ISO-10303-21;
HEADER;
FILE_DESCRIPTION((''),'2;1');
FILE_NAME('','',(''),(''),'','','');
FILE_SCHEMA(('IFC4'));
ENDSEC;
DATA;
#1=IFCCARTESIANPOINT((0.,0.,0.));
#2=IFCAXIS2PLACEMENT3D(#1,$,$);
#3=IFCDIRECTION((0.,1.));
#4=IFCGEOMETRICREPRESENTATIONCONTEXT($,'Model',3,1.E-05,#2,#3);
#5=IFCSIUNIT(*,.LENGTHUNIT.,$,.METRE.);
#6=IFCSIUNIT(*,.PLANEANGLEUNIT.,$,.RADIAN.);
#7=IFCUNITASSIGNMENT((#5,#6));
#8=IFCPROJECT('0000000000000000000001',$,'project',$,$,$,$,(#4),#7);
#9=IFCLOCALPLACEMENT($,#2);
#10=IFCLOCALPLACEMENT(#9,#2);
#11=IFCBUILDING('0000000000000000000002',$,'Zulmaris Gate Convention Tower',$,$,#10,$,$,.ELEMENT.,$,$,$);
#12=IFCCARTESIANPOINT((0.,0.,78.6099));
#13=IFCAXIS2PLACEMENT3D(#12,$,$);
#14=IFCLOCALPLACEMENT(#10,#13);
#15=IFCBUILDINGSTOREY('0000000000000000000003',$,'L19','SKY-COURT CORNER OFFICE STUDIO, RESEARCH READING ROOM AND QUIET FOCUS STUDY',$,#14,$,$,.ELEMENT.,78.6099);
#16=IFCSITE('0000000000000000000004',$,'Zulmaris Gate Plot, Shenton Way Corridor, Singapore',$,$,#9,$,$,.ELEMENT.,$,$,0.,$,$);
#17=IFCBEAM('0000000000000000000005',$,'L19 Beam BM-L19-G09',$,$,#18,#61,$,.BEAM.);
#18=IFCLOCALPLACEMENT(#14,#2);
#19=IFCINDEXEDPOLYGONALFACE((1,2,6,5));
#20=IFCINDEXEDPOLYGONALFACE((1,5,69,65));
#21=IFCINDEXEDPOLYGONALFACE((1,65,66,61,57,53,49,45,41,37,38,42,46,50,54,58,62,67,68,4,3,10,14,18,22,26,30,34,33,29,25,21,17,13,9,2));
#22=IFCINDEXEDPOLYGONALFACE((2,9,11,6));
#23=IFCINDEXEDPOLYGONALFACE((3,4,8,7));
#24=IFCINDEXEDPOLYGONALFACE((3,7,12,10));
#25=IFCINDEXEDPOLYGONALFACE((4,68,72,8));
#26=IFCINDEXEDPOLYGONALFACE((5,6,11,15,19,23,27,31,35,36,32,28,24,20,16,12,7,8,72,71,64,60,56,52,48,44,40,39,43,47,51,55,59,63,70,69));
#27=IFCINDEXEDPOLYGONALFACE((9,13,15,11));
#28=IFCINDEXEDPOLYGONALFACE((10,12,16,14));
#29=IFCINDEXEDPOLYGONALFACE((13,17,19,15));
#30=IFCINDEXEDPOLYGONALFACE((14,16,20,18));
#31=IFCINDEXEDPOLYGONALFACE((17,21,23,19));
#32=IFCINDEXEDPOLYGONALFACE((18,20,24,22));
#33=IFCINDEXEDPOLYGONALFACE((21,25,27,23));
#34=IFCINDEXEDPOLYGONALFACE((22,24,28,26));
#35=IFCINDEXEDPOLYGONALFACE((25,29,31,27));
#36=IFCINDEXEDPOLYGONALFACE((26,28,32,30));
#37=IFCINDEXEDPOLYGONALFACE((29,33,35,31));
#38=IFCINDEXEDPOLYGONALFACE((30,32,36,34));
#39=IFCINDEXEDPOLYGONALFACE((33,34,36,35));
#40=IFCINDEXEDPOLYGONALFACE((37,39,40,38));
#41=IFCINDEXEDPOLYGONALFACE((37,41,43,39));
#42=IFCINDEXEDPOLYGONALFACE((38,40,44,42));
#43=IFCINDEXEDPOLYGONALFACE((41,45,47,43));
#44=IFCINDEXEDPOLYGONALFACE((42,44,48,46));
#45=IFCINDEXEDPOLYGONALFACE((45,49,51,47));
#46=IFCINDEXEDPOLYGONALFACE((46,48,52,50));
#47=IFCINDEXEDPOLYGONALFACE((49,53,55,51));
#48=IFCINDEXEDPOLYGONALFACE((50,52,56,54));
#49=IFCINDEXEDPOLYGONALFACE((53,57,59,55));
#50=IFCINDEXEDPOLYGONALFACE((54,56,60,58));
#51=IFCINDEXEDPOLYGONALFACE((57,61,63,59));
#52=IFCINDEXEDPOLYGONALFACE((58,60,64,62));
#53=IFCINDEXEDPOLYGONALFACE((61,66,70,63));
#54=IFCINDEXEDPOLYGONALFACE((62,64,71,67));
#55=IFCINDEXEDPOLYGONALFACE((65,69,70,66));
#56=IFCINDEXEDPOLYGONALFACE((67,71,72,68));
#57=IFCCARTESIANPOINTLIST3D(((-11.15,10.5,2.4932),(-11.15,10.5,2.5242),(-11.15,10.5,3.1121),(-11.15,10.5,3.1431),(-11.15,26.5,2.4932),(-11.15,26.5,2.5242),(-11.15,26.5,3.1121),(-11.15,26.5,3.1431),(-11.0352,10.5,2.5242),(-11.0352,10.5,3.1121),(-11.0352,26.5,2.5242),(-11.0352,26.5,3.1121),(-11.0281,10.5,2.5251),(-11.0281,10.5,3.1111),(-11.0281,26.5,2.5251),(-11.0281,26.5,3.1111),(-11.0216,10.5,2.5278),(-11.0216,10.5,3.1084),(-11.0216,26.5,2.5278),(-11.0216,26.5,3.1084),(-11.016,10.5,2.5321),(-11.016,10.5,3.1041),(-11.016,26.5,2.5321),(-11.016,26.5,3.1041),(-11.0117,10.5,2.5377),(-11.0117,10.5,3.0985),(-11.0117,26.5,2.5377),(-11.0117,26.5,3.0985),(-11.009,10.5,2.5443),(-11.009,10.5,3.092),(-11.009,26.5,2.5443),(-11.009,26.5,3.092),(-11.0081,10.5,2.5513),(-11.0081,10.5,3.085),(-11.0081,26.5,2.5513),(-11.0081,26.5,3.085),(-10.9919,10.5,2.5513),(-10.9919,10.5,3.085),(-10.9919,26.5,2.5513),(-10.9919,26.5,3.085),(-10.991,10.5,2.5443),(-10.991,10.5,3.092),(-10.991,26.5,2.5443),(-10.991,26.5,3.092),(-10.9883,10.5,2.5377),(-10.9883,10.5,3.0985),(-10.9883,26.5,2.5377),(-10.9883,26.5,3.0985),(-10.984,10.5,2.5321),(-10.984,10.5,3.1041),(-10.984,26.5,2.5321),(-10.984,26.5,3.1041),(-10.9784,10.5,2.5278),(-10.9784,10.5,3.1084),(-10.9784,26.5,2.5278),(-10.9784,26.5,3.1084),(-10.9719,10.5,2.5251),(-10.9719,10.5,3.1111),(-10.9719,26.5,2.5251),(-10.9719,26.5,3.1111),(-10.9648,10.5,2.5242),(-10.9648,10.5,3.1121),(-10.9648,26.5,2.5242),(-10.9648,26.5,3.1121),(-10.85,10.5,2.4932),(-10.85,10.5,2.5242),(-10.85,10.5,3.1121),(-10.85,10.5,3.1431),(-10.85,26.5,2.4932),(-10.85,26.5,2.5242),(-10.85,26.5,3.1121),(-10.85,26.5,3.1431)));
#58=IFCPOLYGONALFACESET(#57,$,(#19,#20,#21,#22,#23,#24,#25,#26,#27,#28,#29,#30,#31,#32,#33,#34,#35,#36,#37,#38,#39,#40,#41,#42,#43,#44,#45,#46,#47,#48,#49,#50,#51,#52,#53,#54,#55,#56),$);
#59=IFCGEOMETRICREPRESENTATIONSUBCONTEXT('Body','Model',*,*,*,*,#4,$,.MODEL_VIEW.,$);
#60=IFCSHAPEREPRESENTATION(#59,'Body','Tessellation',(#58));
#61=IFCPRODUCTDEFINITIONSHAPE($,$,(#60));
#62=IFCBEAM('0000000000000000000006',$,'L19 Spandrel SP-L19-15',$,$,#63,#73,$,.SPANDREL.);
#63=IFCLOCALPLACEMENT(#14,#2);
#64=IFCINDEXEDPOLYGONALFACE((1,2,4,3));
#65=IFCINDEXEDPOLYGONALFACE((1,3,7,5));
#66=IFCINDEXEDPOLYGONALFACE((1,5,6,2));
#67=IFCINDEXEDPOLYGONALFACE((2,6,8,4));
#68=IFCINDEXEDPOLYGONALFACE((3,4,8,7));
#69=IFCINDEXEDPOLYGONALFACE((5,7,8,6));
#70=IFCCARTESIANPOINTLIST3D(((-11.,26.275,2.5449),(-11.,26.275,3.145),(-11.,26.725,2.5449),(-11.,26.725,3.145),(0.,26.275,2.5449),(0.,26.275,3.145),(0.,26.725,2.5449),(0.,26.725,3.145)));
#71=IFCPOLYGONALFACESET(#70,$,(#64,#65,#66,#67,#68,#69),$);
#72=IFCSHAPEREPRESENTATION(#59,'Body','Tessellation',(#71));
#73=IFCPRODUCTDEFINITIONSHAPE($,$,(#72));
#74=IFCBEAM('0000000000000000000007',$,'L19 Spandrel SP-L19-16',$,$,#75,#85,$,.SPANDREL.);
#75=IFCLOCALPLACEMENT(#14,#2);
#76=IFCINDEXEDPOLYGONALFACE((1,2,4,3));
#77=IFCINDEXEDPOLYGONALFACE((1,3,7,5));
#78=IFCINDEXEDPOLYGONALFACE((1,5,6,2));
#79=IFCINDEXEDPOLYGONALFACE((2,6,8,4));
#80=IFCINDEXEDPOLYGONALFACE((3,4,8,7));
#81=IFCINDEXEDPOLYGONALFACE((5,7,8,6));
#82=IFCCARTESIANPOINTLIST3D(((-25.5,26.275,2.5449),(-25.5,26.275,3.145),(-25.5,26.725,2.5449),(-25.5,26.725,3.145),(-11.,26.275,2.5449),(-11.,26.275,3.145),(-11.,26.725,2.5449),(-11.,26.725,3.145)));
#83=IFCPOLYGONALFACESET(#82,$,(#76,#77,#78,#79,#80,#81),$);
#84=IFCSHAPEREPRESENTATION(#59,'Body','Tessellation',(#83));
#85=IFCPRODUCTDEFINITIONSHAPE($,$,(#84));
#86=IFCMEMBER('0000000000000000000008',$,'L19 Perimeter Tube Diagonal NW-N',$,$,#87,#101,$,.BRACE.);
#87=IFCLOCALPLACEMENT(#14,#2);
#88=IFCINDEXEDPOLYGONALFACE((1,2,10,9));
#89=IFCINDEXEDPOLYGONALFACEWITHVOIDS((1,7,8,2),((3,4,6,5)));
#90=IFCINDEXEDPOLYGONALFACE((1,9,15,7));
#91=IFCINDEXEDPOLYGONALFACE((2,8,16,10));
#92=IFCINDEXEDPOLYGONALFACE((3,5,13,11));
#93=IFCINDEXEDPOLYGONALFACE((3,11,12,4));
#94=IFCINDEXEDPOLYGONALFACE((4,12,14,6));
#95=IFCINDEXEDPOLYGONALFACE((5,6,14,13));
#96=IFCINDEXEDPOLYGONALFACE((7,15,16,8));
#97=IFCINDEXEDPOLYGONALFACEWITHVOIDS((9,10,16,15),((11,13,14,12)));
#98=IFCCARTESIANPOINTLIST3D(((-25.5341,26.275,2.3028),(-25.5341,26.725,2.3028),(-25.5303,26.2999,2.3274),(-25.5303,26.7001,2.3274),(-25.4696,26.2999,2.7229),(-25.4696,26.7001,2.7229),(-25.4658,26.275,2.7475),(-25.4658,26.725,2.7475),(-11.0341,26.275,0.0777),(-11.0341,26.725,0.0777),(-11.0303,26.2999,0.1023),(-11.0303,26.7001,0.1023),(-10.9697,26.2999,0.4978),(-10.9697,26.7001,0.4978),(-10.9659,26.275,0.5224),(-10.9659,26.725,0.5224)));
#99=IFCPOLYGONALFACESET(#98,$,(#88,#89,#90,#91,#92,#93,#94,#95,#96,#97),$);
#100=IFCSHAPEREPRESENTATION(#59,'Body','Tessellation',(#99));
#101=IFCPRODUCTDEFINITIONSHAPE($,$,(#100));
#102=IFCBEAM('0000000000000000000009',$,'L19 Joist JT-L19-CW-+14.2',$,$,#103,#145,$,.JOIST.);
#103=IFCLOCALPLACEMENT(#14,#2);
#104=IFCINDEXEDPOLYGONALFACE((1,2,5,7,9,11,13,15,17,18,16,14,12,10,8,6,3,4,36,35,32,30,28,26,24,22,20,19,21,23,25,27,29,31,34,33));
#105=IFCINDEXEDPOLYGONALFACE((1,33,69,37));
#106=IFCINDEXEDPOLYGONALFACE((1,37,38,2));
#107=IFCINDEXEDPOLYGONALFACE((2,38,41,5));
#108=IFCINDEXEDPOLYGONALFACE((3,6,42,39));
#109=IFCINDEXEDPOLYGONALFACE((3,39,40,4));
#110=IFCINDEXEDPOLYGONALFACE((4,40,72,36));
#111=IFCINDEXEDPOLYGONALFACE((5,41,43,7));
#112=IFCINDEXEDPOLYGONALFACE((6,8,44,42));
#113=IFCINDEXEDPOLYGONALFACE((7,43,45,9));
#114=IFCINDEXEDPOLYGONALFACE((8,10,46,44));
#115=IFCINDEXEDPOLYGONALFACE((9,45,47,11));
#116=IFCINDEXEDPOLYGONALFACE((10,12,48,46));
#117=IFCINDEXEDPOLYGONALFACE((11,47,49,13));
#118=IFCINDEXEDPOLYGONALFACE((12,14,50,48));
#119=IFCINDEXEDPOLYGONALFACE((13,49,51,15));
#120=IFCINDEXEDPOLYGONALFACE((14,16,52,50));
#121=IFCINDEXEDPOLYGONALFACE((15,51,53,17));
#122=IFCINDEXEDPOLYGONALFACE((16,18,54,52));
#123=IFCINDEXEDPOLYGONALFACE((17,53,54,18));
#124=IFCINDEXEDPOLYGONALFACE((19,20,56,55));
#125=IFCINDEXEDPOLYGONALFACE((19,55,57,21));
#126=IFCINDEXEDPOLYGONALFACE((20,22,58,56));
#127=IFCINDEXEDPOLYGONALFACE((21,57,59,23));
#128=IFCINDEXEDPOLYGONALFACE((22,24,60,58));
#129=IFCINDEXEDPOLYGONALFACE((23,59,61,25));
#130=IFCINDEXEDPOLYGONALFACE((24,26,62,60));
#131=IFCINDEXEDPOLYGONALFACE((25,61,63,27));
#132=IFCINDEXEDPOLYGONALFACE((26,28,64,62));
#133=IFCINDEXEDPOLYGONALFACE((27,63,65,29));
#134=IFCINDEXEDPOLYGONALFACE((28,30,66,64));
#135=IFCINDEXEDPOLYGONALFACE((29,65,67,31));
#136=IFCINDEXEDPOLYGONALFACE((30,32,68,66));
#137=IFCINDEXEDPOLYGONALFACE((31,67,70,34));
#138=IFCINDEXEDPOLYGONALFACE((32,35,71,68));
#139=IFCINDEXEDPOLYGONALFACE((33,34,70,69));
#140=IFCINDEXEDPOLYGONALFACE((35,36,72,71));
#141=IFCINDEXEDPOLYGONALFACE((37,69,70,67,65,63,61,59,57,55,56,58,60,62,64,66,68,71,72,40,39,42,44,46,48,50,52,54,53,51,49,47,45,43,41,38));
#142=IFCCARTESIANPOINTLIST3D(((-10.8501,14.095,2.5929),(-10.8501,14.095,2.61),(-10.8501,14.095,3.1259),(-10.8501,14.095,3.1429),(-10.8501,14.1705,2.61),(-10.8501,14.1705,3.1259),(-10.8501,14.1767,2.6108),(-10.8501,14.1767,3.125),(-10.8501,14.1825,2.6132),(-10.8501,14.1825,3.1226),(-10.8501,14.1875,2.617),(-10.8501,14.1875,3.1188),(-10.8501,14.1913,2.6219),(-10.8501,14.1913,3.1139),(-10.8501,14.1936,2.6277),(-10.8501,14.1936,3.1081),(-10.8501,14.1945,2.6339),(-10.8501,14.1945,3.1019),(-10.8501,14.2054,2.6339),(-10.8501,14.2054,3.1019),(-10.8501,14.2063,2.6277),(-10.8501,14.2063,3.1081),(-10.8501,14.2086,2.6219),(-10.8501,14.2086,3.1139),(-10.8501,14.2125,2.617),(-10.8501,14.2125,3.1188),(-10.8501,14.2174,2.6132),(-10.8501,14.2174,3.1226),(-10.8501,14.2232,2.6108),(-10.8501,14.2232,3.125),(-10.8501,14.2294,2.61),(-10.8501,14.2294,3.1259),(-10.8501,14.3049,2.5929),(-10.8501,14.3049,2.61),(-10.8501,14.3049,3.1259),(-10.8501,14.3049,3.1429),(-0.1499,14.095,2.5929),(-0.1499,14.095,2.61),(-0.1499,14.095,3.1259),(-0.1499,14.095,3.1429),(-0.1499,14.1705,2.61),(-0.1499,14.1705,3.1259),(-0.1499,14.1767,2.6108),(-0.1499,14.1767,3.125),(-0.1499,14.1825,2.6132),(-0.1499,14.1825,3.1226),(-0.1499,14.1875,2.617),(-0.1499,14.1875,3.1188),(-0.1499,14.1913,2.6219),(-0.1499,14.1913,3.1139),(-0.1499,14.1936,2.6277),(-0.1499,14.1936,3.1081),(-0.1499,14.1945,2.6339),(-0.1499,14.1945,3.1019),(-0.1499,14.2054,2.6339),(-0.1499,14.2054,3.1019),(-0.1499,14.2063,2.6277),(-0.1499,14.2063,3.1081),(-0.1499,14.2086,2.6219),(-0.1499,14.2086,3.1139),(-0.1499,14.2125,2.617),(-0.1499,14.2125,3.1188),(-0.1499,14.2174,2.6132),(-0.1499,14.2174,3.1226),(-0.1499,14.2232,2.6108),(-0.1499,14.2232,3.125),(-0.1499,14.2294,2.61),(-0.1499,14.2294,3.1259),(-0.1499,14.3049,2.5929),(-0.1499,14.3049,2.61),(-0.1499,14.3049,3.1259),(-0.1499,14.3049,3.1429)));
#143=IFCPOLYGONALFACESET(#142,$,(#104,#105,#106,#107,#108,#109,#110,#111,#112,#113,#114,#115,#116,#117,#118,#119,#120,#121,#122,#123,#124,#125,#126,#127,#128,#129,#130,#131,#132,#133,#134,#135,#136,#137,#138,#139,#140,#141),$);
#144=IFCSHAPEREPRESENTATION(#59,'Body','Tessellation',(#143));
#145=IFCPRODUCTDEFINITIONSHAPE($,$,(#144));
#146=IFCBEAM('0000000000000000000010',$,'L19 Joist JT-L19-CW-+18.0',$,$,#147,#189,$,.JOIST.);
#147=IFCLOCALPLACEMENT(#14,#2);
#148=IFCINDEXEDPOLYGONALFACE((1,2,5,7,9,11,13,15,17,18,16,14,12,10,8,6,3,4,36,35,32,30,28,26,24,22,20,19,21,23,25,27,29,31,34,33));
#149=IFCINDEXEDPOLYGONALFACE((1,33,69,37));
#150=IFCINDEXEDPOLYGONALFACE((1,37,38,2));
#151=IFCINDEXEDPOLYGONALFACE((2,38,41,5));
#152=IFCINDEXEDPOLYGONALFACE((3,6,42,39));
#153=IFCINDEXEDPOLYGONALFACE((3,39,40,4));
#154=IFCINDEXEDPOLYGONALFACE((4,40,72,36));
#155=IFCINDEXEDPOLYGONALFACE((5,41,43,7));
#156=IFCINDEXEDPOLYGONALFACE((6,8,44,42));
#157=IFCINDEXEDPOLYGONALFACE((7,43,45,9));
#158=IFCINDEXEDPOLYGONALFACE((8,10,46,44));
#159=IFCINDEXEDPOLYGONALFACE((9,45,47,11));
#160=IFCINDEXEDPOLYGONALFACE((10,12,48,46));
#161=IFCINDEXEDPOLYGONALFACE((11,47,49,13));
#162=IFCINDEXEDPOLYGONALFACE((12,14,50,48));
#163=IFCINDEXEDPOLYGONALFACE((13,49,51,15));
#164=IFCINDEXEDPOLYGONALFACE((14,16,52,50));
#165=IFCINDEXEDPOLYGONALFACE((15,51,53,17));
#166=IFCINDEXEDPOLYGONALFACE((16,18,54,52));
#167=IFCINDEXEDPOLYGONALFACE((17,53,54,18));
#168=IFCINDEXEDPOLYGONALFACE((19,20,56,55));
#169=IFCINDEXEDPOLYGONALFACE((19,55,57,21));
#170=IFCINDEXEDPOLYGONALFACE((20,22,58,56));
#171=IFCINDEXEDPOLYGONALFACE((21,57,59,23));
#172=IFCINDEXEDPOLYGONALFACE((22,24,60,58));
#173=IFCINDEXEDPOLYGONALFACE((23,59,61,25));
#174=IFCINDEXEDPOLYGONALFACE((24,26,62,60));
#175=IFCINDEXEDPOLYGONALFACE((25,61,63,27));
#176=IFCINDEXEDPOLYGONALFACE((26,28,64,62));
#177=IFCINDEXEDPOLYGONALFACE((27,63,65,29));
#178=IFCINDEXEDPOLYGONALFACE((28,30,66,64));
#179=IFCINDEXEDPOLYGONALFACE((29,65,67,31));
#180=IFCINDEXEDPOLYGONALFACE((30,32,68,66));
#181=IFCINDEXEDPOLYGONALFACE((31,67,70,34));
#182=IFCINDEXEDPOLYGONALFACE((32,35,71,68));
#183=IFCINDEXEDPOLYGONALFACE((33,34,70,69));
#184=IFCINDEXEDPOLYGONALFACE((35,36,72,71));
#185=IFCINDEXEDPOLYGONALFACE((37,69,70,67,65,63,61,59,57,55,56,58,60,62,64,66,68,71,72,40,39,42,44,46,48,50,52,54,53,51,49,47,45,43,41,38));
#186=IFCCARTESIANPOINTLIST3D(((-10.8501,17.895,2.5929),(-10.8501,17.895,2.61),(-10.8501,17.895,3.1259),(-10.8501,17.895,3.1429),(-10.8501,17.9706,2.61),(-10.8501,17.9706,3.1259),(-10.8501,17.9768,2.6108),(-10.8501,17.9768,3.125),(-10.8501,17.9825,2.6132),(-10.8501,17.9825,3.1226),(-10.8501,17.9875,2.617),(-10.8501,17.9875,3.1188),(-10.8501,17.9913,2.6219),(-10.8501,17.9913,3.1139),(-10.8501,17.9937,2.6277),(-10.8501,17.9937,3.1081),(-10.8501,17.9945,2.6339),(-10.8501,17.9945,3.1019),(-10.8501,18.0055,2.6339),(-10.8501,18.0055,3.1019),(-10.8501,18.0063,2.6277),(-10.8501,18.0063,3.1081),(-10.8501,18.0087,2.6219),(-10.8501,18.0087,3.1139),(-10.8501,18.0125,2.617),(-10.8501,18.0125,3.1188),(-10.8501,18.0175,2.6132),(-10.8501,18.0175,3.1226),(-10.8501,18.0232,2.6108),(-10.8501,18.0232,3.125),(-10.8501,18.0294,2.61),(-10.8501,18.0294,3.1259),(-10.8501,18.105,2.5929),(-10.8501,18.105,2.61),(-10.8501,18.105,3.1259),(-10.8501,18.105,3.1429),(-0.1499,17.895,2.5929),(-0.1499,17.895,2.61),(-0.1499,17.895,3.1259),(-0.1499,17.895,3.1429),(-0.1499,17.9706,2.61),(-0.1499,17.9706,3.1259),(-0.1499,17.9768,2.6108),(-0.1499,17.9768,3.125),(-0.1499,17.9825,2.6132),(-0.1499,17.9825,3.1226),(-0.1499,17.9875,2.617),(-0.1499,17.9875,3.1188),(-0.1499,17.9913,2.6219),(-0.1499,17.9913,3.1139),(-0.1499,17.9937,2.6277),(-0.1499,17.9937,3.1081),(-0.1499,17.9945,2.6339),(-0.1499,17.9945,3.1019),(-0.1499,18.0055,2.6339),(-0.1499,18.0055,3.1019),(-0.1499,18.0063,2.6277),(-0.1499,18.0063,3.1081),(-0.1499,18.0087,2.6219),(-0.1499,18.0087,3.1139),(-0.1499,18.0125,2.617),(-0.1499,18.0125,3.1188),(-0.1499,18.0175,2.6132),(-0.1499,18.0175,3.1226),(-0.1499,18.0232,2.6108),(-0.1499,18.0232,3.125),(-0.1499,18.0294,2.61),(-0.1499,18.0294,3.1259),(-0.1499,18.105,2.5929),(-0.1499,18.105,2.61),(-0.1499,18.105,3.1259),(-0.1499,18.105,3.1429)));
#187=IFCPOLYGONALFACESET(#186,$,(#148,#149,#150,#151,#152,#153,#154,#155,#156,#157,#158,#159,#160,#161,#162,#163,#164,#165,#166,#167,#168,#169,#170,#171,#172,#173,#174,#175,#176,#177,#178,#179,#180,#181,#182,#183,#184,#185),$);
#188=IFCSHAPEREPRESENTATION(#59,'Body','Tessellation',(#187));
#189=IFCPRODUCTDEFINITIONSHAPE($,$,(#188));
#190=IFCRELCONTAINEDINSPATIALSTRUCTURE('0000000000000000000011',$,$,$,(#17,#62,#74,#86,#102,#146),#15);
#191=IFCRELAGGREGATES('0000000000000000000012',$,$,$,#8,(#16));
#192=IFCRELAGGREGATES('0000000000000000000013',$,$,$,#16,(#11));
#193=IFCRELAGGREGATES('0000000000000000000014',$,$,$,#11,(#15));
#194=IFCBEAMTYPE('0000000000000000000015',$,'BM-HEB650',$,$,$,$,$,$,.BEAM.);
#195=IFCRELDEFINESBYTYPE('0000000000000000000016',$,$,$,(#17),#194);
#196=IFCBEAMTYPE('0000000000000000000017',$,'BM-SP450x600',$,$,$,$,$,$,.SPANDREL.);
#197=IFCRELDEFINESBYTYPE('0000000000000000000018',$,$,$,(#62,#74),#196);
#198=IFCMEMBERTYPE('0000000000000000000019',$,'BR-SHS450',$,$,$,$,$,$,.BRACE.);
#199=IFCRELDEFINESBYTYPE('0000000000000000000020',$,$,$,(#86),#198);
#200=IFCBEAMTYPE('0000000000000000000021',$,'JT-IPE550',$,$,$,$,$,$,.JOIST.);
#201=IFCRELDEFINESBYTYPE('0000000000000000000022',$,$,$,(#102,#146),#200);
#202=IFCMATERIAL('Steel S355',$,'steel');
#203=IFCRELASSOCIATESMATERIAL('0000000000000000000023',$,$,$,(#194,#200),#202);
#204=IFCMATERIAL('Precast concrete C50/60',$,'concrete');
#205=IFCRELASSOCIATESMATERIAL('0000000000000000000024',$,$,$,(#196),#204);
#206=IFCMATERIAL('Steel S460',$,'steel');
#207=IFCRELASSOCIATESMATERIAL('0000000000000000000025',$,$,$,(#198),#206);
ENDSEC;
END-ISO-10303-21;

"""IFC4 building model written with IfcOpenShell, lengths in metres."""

from ifc_helpers import new_model, si_unit, direction, frame, origin, origin_2d, place, context, subcontext, project, spatial, rectangle, hollow_rectangle, i_section, extrude, material, material_profile, profile_set, type_object, element, save


model = new_model("IFC4")

# Units and contexts
model_context = context("Model", 3, precision=1e-05, world=origin(), true_north=direction((0.0, 1.0)))
body_context = subcontext(model_context, "Body", "Model", "MODEL_VIEW")
ifc_project = project(units=[si_unit("LENGTHUNIT", "METRE"), si_unit("PLANEANGLEUNIT", "RADIAN")], contexts=[model_context])

# Site, building, storey
site_placement = place(None, origin())
site = spatial("IfcSite", under=ifc_project, at=site_placement, Name="Zulmaris Gate Plot, Shenton Way Corridor, Singapore", CompositionType="ELEMENT", RefElevation=0.0)
building_placement = place(site_placement, origin())
building = spatial("IfcBuilding", under=site, at=building_placement, Name="Zulmaris Gate Convention Tower", CompositionType="ELEMENT")
storey_placement = place(building_placement, frame((0.0, 0.0, 78.6099)))
storey = spatial("IfcBuildingStorey", under=building, at=storey_placement, Name="L19", Description="SKY-COURT CORNER OFFICE STUDIO, RESEARCH READING ROOM AND QUIET FOCUS STUDY", CompositionType="ELEMENT", Elevation=78.6099)

# Beams
ifc_material_1 = material(Name="Steel S355", Category="steel")
ifc_material_profile_1 = material_profile(ifc_material_1, i_section(OverallWidth=0.3, OverallDepth=0.6499, WebThickness=0.0161, FlangeThickness=0.031, FilletRadius=0.0271, at=origin_2d()), Name="HEB 650")
ifc_profile_set_1 = profile_set([ifc_material_profile_1], Name="Steel S355")
beam_type_1 = type_object("IfcBeamType", Name="BM-HEB650", PredefinedType="BEAM", material=ifc_profile_set_1)
beam_1_placement = place(storey_placement, frame((-11.0, 10.5, 2.8181), z_axis=(0.0, 1.0, 0.0), x_axis=(-1.0, 0.0, 0.0)))
element("IfcBeam", 1, at=beam_1_placement, inside=storey, type_object=beam_type_1, Name="L19 Beam BM-L19-G09", PredefinedType="BEAM", context=body_context, shape_type="SweptSolid", body=[
    extrude(i_section(OverallWidth=0.3, OverallDepth=0.6499, WebThickness=0.0161, FlangeThickness=0.031, FilletRadius=0.0271, at=origin_2d()), origin(), (0.0, 0.0, 1.0), 16.0),
])
ifc_material_2 = material(Name="Precast concrete C50/60", Category="concrete")
ifc_material_profile_2 = material_profile(ifc_material_2, rectangle(XDim=0.45, YDim=0.6001, at=origin_2d()), Name="RC SPANDREL 450x600")
ifc_profile_set_2 = profile_set([ifc_material_profile_2], Name="Precast concrete C50/60")
beam_type_2 = type_object("IfcBeamType", Name="BM-SP450x600", PredefinedType="SPANDREL", material=ifc_profile_set_2)
beam_2_placement = place(storey_placement, frame((0.0, 26.5, 2.845), z_axis=(-1.0, 0.0, 0.0), x_axis=(0.0, -1.0, 0.0)))
element("IfcBeam", 2, at=beam_2_placement, inside=storey, type_object=beam_type_2, Name="L19 Spandrel SP-L19-15", PredefinedType="SPANDREL", context=body_context, shape_type="SweptSolid", body=[
    extrude(rectangle(XDim=0.45, YDim=0.6001, at=origin_2d()), origin(), (0.0, 0.0, 1.0), 11.0),
])
beam_3_placement = place(storey_placement, frame((-11.0, 26.5, 2.845), z_axis=(-1.0, 0.0, 0.0), x_axis=(0.0, -1.0, 0.0)))
element("IfcBeam", 3, at=beam_3_placement, inside=storey, type_object=beam_type_2, Name="L19 Spandrel SP-L19-16", PredefinedType="SPANDREL", context=body_context, shape_type="SweptSolid", body=[
    extrude(rectangle(XDim=0.45, YDim=0.6001, at=origin_2d()), origin(), (0.0, 0.0, 1.0), 14.5),
])

# Member
ifc_material_3 = material(Name="Steel S460", Category="steel")
ifc_material_profile_3 = material_profile(ifc_material_3, hollow_rectangle(XDim=0.45, YDim=0.45, WallThickness=0.0249, at=origin_2d()), Name="SHS 450x450x25")
ifc_profile_set_3 = profile_set([ifc_material_profile_3], Name="Steel S460")
member_type = type_object("IfcMemberType", Name="BR-SHS450", PredefinedType="BRACE", material=ifc_profile_set_3)
member_placement = place(storey_placement, frame((-11.0, 26.5, 0.3), z_axis=(-0.98843, 0.0, 0.151679), x_axis=(0.0, -1.0, 0.0)))
element("IfcMember", 4, at=member_placement, inside=storey, type_object=member_type, Name="L19 Perimeter Tube Diagonal NW-N", PredefinedType="BRACE", context=body_context, shape_type="SweptSolid", body=[
    extrude(hollow_rectangle(XDim=0.45, YDim=0.45, WallThickness=0.0249, at=origin_2d()), origin(), (0.0, 0.0, 1.0), 14.6697),
])

# Beams
ifc_material_profile_4 = material_profile(ifc_material_1, i_section(OverallWidth=0.21, OverallDepth=0.55, WebThickness=0.011, FlangeThickness=0.0171, FilletRadius=0.0239, at=origin_2d()), Name="IPE 550")
ifc_profile_set_4 = profile_set([ifc_material_profile_4], Name="Steel S355")
beam_type_3 = type_object("IfcBeamType", Name="JT-IPE550", PredefinedType="JOIST", material=ifc_profile_set_4)
for number, where, z_axis, x_axis, name in (
    (5, (-10.8501, 14.2, 2.8679), (1.0, 0.0, 0.0), (0.0, 1.0, 0.0), "L19 Joist JT-L19-CW-+14.2"),
    (6, (-10.8501, 18.0, 2.8679), (1.0, 0.0, 0.0), (0.0, 1.0, 0.0), "L19 Joist JT-L19-CW-+18.0"),
):
    element("IfcBeam", number, at=place(storey_placement, frame(where, z_axis=z_axis, x_axis=x_axis)), inside=storey, type_object=beam_type_3, Name=name, PredefinedType="JOIST", context=body_context, shape_type="SweptSolid", body=[
        extrude(i_section(OverallWidth=0.21, OverallDepth=0.55, WebThickness=0.011, FlangeThickness=0.0171, FilletRadius=0.0239, at=origin_2d()), origin(), (0.0, 0.0, 1.0), 10.7002),
    ])

save(model, "model.ifc")
